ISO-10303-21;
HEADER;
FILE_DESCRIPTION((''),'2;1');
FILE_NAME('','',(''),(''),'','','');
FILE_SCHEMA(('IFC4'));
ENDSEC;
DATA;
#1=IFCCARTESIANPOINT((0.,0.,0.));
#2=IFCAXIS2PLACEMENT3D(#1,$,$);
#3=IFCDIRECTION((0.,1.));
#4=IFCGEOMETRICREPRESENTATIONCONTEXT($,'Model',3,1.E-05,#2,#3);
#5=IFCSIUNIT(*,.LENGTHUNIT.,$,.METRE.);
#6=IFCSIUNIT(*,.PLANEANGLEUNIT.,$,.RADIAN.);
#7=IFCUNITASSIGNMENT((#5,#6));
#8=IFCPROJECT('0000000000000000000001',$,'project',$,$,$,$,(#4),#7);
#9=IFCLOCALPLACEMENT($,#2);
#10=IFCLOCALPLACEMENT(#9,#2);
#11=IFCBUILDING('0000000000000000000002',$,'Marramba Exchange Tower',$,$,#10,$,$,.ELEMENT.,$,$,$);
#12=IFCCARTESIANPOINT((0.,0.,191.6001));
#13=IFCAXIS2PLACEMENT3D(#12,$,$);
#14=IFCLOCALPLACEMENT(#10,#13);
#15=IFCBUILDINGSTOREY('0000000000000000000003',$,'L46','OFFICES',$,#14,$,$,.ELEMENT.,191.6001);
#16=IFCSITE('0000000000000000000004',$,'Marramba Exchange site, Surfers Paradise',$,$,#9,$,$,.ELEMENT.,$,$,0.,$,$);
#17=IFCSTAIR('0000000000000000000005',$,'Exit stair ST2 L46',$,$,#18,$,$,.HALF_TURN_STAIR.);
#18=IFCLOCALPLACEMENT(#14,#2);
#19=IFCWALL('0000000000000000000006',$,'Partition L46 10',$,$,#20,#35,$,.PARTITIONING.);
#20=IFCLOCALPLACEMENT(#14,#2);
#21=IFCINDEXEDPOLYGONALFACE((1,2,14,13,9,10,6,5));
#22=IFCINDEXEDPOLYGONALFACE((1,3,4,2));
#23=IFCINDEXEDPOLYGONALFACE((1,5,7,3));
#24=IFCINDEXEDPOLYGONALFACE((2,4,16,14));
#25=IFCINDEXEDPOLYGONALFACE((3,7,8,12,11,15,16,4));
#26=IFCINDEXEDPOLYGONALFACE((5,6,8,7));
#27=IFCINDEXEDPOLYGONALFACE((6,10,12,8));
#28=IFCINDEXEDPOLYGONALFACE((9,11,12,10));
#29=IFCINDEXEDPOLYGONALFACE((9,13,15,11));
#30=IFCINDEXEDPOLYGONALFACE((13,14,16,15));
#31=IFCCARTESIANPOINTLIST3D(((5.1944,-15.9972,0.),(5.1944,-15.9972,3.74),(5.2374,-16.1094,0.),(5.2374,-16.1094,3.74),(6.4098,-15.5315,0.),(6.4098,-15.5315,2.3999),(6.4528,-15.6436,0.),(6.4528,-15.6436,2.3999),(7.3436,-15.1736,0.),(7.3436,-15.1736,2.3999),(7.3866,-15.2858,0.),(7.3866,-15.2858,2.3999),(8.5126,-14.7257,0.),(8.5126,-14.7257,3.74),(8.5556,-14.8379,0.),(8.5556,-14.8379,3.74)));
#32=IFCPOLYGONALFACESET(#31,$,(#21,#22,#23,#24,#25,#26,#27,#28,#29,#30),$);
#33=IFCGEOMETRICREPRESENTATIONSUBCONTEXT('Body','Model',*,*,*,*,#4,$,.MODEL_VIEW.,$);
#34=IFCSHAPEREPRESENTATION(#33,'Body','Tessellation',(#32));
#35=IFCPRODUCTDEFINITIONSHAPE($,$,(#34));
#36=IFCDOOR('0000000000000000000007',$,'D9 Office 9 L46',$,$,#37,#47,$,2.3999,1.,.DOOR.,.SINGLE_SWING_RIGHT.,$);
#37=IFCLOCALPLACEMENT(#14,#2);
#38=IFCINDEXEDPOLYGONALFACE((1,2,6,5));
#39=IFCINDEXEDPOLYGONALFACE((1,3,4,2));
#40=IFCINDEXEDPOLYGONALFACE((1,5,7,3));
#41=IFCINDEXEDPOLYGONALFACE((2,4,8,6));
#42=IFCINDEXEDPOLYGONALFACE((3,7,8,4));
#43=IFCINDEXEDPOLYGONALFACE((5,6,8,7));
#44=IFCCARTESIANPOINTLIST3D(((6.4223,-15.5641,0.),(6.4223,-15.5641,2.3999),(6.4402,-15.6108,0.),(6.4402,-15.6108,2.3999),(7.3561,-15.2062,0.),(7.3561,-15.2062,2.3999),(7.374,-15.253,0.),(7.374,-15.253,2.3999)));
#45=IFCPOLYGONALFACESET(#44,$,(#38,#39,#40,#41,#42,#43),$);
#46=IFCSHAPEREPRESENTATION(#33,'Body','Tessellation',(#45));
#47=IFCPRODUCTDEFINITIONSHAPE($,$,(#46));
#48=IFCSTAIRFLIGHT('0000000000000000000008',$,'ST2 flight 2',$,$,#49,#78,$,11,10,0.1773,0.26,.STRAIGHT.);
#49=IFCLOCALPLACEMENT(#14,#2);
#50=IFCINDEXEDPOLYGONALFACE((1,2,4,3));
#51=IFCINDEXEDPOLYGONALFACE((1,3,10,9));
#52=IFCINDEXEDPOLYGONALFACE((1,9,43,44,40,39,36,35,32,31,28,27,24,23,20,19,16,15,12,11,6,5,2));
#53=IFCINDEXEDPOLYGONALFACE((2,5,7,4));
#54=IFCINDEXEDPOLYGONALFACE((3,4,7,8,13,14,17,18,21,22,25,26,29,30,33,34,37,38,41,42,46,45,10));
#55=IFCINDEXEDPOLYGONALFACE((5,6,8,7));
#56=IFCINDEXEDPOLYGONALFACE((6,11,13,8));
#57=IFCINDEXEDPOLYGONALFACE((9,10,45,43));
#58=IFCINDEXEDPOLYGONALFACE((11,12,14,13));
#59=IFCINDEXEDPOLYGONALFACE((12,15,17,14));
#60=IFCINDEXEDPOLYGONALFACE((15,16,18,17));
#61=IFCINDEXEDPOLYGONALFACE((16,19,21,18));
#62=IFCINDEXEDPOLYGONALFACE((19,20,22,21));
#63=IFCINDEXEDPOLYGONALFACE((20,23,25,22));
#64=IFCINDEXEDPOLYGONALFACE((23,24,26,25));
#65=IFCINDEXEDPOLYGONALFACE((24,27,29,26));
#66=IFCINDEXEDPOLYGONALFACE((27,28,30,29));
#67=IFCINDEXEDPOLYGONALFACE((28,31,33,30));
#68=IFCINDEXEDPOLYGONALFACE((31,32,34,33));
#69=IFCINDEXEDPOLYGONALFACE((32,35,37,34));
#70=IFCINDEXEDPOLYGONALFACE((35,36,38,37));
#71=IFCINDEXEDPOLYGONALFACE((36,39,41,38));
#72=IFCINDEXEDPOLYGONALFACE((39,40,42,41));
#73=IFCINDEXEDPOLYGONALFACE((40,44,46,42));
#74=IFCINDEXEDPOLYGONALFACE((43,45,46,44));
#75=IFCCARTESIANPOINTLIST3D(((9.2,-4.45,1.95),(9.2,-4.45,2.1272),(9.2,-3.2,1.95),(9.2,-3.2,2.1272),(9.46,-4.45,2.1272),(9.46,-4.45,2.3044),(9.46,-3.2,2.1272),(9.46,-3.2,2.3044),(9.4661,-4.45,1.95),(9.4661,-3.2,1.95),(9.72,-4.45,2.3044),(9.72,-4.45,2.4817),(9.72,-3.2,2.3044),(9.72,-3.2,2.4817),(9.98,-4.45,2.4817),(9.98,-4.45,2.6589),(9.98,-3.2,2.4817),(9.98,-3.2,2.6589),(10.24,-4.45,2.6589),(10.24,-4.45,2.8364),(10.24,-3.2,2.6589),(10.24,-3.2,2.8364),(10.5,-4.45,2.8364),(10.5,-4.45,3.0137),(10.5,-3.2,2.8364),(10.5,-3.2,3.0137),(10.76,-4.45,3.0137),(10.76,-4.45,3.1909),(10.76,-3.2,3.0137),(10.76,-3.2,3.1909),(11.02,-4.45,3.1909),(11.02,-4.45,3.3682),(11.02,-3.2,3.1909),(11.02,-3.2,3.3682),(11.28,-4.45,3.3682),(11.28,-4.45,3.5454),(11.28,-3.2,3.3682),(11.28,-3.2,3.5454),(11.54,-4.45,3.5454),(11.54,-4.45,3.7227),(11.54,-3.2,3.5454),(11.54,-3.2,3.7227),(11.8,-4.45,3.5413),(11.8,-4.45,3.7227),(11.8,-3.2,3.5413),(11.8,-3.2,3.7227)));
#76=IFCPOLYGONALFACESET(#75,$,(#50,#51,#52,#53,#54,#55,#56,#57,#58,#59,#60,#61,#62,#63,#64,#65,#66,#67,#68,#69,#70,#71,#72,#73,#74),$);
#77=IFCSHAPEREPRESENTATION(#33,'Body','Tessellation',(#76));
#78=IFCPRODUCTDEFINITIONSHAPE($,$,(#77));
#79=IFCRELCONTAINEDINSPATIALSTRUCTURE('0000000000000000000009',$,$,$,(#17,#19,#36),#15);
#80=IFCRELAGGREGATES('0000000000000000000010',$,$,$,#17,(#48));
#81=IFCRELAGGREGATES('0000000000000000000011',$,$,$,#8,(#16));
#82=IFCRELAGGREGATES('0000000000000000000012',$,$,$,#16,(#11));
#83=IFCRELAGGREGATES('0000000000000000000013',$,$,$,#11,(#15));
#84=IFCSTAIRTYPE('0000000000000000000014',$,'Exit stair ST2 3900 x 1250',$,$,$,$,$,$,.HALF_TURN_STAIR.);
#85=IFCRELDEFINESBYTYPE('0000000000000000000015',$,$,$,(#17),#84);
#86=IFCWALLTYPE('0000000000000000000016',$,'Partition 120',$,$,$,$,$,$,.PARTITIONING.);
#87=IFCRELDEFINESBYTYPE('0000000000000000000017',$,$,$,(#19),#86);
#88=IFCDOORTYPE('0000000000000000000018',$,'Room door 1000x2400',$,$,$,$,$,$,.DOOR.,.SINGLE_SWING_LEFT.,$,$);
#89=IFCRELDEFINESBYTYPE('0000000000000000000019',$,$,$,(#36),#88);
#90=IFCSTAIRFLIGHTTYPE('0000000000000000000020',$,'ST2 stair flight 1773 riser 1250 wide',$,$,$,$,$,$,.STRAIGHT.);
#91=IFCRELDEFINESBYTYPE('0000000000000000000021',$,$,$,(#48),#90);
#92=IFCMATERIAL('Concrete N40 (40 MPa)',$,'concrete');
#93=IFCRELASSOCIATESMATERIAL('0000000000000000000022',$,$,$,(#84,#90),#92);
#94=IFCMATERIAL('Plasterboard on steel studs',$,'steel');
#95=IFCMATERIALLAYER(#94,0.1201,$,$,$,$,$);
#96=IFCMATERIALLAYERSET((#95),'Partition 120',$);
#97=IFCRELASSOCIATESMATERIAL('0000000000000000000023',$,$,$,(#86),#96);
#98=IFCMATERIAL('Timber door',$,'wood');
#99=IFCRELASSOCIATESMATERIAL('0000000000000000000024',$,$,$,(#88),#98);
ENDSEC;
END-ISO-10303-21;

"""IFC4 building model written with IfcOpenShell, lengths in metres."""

from ifc_helpers import new_model, si_unit, direction, frame, frame_2d, origin, place, context, subcontext, project, spatial, polyline, rectangle, outline, extrude, material, layer, layer_set, type_object, element, fill, aggregate, save


model = new_model("IFC4")

# Units and contexts
model_context = context("Model", 3, precision=1e-05, world=origin(), true_north=direction((0.0, 1.0)))
body_context = subcontext(model_context, "Body", "Model", "MODEL_VIEW")
ifc_project = project(units=[si_unit("LENGTHUNIT", "METRE"), si_unit("PLANEANGLEUNIT", "RADIAN")], contexts=[model_context])

# Site, building, storey
site_placement = place(None, origin())
site = spatial("IfcSite", under=ifc_project, at=site_placement, Name="Marramba Exchange site, Surfers Paradise", CompositionType="ELEMENT", RefElevation=0.0)
building_placement = place(site_placement, origin())
building = spatial("IfcBuilding", under=site, at=building_placement, Name="Marramba Exchange Tower", CompositionType="ELEMENT")
storey_placement = place(building_placement, frame((0.0, 0.0, 191.6001)))
storey = spatial("IfcBuildingStorey", under=building, at=storey_placement, Name="L46", Description="OFFICES", CompositionType="ELEMENT", Elevation=191.6001)

# Stair
ifc_material_1 = material(Name="Concrete N40 (40 MPa)", Category="concrete")
stair_type_1 = type_object("IfcStairType", Name="Exit stair ST2 3900 x 1250", PredefinedType="HALF_TURN_STAIR", material=ifc_material_1)
stair_1_placement = place(storey_placement, origin())
stair_1 = element("IfcStair", 1, at=stair_1_placement, inside=storey, type_object=stair_type_1, Name="Exit stair ST2 L46", PredefinedType="HALF_TURN_STAIR")

# Wall, opening, door
ifc_material_2 = material(Name="Plasterboard on steel studs", Category="steel")
ifc_layer_1 = layer(ifc_material_2, 0.1201)
ifc_layer_set_1 = layer_set([ifc_layer_1], Name="Partition 120")
wall_type_1 = type_object("IfcWallType", Name="Partition 120", PredefinedType="PARTITIONING", material=ifc_layer_set_1)
wall_1_placement = place(storey_placement, frame((8.5342, -14.7817, 0.0), z_axis=(0.0, 0.0, 1.0), x_axis=(-0.933789, -0.357823, 0.0)))
wall_1 = element("IfcWall", 2, at=wall_1_placement, inside=storey, type_object=wall_type_1, Name="Partition L46 10", PredefinedType="PARTITIONING", context=body_context, shape_type="SweptSolid", body=[
    extrude(rectangle(XDim=3.5535, YDim=0.1201, at=frame_2d((1.7769, 0.0))), origin(), (0.0, 0.0, 1.0), 3.74),
])
opening_1_placement = place(wall_1_placement, frame((1.252, 0.0, 0.0)))
opening_1 = element("IfcOpeningElement", 3, at=opening_1_placement, cuts=wall_1, PredefinedType="OPENING", context=body_context, shape_type="SweptSolid", body=[
    extrude(rectangle(XDim=1.0, YDim=2.3999, at=frame_2d((0.5, 1.2))), frame((0.0, 0.0701, 0.0), z_axis=(0.0, -1.0, 0.0), x_axis=(1.0, 0.0, 0.0)), (0.0, 0.0, 1.0), 0.1401),
])
ifc_material_3 = material(Name="Timber door", Category="wood")
door_type = type_object("IfcDoorType", Name="Room door 1000x2400", OperationType="SINGLE_SWING_LEFT", PredefinedType="DOOR", material=ifc_material_3)
door_1_placement = place(opening_1_placement, origin())
door_1 = element("IfcDoor", 4, at=door_1_placement, inside=storey, type_object=door_type, Name="D9 Office 9 L46", OperationType="SINGLE_SWING_RIGHT", OverallHeight=2.3999, OverallWidth=1.0, PredefinedType="DOOR", context=body_context, shape_type="SweptSolid", body=[
    extrude(rectangle(XDim=1.0, YDim=2.3999, at=frame_2d((0.5, 1.2))), frame((0.0, 0.0249, 0.0), z_axis=(0.0, -1.0, 0.0), x_axis=(1.0, 0.0, 0.0)), (0.0, 0.0, 1.0), 0.05),
])
fill(opening_1, door_1)

# Stair flight
stair_flight_type = type_object("IfcStairFlightType", Name="ST2 stair flight 1773 riser 1250 wide", PredefinedType="STRAIGHT", material=ifc_material_1)
stair_flight_placement = place(storey_placement, frame((9.2, -3.825, 1.95), z_axis=(0.0, 0.0, 1.0), x_axis=(1.0, 0.0, 0.0)))
stair_flight = element("IfcStairFlight", 5, at=stair_flight_placement, type_object=stair_flight_type, Name="ST2 flight 2", NumberOfRisers=11, NumberOfTreads=10, PredefinedType="STRAIGHT", RiserHeight=0.1773, TreadLength=0.26, context=body_context, shape_type="SweptSolid", body=[
    extrude(outline(polyline([(0.0, 0.0), (0.0, 0.1772), (0.26, 0.1772), (0.26, 0.3545), (0.52, 0.3545), (0.52, 0.5317), (0.78, 0.5317), (0.78, 0.709), (1.04, 0.709), (1.04, 0.8865), (1.3, 0.8865), (1.3, 1.0637), (1.5601, 1.0637), (1.5601, 1.241), (1.8201, 1.241), (1.8201, 1.4182), (2.0801, 1.4182), (2.0801, 1.5955), (2.3401, 1.5955), (2.3401, 1.7727), (2.6001, 1.7727), (2.6001, 1.95), (2.6001, 1.5913), (0.2661, 0.0), (0.0, 0.0)])), frame((0.0, 0.625, 0.0), z_axis=(0.0, -1.0, 0.0), x_axis=(1.0, 0.0, 0.0)), (0.0, 0.0, 1.0), 1.25),
])
aggregate(stair_1, [stair_flight])

save(model, "model.ifc")
